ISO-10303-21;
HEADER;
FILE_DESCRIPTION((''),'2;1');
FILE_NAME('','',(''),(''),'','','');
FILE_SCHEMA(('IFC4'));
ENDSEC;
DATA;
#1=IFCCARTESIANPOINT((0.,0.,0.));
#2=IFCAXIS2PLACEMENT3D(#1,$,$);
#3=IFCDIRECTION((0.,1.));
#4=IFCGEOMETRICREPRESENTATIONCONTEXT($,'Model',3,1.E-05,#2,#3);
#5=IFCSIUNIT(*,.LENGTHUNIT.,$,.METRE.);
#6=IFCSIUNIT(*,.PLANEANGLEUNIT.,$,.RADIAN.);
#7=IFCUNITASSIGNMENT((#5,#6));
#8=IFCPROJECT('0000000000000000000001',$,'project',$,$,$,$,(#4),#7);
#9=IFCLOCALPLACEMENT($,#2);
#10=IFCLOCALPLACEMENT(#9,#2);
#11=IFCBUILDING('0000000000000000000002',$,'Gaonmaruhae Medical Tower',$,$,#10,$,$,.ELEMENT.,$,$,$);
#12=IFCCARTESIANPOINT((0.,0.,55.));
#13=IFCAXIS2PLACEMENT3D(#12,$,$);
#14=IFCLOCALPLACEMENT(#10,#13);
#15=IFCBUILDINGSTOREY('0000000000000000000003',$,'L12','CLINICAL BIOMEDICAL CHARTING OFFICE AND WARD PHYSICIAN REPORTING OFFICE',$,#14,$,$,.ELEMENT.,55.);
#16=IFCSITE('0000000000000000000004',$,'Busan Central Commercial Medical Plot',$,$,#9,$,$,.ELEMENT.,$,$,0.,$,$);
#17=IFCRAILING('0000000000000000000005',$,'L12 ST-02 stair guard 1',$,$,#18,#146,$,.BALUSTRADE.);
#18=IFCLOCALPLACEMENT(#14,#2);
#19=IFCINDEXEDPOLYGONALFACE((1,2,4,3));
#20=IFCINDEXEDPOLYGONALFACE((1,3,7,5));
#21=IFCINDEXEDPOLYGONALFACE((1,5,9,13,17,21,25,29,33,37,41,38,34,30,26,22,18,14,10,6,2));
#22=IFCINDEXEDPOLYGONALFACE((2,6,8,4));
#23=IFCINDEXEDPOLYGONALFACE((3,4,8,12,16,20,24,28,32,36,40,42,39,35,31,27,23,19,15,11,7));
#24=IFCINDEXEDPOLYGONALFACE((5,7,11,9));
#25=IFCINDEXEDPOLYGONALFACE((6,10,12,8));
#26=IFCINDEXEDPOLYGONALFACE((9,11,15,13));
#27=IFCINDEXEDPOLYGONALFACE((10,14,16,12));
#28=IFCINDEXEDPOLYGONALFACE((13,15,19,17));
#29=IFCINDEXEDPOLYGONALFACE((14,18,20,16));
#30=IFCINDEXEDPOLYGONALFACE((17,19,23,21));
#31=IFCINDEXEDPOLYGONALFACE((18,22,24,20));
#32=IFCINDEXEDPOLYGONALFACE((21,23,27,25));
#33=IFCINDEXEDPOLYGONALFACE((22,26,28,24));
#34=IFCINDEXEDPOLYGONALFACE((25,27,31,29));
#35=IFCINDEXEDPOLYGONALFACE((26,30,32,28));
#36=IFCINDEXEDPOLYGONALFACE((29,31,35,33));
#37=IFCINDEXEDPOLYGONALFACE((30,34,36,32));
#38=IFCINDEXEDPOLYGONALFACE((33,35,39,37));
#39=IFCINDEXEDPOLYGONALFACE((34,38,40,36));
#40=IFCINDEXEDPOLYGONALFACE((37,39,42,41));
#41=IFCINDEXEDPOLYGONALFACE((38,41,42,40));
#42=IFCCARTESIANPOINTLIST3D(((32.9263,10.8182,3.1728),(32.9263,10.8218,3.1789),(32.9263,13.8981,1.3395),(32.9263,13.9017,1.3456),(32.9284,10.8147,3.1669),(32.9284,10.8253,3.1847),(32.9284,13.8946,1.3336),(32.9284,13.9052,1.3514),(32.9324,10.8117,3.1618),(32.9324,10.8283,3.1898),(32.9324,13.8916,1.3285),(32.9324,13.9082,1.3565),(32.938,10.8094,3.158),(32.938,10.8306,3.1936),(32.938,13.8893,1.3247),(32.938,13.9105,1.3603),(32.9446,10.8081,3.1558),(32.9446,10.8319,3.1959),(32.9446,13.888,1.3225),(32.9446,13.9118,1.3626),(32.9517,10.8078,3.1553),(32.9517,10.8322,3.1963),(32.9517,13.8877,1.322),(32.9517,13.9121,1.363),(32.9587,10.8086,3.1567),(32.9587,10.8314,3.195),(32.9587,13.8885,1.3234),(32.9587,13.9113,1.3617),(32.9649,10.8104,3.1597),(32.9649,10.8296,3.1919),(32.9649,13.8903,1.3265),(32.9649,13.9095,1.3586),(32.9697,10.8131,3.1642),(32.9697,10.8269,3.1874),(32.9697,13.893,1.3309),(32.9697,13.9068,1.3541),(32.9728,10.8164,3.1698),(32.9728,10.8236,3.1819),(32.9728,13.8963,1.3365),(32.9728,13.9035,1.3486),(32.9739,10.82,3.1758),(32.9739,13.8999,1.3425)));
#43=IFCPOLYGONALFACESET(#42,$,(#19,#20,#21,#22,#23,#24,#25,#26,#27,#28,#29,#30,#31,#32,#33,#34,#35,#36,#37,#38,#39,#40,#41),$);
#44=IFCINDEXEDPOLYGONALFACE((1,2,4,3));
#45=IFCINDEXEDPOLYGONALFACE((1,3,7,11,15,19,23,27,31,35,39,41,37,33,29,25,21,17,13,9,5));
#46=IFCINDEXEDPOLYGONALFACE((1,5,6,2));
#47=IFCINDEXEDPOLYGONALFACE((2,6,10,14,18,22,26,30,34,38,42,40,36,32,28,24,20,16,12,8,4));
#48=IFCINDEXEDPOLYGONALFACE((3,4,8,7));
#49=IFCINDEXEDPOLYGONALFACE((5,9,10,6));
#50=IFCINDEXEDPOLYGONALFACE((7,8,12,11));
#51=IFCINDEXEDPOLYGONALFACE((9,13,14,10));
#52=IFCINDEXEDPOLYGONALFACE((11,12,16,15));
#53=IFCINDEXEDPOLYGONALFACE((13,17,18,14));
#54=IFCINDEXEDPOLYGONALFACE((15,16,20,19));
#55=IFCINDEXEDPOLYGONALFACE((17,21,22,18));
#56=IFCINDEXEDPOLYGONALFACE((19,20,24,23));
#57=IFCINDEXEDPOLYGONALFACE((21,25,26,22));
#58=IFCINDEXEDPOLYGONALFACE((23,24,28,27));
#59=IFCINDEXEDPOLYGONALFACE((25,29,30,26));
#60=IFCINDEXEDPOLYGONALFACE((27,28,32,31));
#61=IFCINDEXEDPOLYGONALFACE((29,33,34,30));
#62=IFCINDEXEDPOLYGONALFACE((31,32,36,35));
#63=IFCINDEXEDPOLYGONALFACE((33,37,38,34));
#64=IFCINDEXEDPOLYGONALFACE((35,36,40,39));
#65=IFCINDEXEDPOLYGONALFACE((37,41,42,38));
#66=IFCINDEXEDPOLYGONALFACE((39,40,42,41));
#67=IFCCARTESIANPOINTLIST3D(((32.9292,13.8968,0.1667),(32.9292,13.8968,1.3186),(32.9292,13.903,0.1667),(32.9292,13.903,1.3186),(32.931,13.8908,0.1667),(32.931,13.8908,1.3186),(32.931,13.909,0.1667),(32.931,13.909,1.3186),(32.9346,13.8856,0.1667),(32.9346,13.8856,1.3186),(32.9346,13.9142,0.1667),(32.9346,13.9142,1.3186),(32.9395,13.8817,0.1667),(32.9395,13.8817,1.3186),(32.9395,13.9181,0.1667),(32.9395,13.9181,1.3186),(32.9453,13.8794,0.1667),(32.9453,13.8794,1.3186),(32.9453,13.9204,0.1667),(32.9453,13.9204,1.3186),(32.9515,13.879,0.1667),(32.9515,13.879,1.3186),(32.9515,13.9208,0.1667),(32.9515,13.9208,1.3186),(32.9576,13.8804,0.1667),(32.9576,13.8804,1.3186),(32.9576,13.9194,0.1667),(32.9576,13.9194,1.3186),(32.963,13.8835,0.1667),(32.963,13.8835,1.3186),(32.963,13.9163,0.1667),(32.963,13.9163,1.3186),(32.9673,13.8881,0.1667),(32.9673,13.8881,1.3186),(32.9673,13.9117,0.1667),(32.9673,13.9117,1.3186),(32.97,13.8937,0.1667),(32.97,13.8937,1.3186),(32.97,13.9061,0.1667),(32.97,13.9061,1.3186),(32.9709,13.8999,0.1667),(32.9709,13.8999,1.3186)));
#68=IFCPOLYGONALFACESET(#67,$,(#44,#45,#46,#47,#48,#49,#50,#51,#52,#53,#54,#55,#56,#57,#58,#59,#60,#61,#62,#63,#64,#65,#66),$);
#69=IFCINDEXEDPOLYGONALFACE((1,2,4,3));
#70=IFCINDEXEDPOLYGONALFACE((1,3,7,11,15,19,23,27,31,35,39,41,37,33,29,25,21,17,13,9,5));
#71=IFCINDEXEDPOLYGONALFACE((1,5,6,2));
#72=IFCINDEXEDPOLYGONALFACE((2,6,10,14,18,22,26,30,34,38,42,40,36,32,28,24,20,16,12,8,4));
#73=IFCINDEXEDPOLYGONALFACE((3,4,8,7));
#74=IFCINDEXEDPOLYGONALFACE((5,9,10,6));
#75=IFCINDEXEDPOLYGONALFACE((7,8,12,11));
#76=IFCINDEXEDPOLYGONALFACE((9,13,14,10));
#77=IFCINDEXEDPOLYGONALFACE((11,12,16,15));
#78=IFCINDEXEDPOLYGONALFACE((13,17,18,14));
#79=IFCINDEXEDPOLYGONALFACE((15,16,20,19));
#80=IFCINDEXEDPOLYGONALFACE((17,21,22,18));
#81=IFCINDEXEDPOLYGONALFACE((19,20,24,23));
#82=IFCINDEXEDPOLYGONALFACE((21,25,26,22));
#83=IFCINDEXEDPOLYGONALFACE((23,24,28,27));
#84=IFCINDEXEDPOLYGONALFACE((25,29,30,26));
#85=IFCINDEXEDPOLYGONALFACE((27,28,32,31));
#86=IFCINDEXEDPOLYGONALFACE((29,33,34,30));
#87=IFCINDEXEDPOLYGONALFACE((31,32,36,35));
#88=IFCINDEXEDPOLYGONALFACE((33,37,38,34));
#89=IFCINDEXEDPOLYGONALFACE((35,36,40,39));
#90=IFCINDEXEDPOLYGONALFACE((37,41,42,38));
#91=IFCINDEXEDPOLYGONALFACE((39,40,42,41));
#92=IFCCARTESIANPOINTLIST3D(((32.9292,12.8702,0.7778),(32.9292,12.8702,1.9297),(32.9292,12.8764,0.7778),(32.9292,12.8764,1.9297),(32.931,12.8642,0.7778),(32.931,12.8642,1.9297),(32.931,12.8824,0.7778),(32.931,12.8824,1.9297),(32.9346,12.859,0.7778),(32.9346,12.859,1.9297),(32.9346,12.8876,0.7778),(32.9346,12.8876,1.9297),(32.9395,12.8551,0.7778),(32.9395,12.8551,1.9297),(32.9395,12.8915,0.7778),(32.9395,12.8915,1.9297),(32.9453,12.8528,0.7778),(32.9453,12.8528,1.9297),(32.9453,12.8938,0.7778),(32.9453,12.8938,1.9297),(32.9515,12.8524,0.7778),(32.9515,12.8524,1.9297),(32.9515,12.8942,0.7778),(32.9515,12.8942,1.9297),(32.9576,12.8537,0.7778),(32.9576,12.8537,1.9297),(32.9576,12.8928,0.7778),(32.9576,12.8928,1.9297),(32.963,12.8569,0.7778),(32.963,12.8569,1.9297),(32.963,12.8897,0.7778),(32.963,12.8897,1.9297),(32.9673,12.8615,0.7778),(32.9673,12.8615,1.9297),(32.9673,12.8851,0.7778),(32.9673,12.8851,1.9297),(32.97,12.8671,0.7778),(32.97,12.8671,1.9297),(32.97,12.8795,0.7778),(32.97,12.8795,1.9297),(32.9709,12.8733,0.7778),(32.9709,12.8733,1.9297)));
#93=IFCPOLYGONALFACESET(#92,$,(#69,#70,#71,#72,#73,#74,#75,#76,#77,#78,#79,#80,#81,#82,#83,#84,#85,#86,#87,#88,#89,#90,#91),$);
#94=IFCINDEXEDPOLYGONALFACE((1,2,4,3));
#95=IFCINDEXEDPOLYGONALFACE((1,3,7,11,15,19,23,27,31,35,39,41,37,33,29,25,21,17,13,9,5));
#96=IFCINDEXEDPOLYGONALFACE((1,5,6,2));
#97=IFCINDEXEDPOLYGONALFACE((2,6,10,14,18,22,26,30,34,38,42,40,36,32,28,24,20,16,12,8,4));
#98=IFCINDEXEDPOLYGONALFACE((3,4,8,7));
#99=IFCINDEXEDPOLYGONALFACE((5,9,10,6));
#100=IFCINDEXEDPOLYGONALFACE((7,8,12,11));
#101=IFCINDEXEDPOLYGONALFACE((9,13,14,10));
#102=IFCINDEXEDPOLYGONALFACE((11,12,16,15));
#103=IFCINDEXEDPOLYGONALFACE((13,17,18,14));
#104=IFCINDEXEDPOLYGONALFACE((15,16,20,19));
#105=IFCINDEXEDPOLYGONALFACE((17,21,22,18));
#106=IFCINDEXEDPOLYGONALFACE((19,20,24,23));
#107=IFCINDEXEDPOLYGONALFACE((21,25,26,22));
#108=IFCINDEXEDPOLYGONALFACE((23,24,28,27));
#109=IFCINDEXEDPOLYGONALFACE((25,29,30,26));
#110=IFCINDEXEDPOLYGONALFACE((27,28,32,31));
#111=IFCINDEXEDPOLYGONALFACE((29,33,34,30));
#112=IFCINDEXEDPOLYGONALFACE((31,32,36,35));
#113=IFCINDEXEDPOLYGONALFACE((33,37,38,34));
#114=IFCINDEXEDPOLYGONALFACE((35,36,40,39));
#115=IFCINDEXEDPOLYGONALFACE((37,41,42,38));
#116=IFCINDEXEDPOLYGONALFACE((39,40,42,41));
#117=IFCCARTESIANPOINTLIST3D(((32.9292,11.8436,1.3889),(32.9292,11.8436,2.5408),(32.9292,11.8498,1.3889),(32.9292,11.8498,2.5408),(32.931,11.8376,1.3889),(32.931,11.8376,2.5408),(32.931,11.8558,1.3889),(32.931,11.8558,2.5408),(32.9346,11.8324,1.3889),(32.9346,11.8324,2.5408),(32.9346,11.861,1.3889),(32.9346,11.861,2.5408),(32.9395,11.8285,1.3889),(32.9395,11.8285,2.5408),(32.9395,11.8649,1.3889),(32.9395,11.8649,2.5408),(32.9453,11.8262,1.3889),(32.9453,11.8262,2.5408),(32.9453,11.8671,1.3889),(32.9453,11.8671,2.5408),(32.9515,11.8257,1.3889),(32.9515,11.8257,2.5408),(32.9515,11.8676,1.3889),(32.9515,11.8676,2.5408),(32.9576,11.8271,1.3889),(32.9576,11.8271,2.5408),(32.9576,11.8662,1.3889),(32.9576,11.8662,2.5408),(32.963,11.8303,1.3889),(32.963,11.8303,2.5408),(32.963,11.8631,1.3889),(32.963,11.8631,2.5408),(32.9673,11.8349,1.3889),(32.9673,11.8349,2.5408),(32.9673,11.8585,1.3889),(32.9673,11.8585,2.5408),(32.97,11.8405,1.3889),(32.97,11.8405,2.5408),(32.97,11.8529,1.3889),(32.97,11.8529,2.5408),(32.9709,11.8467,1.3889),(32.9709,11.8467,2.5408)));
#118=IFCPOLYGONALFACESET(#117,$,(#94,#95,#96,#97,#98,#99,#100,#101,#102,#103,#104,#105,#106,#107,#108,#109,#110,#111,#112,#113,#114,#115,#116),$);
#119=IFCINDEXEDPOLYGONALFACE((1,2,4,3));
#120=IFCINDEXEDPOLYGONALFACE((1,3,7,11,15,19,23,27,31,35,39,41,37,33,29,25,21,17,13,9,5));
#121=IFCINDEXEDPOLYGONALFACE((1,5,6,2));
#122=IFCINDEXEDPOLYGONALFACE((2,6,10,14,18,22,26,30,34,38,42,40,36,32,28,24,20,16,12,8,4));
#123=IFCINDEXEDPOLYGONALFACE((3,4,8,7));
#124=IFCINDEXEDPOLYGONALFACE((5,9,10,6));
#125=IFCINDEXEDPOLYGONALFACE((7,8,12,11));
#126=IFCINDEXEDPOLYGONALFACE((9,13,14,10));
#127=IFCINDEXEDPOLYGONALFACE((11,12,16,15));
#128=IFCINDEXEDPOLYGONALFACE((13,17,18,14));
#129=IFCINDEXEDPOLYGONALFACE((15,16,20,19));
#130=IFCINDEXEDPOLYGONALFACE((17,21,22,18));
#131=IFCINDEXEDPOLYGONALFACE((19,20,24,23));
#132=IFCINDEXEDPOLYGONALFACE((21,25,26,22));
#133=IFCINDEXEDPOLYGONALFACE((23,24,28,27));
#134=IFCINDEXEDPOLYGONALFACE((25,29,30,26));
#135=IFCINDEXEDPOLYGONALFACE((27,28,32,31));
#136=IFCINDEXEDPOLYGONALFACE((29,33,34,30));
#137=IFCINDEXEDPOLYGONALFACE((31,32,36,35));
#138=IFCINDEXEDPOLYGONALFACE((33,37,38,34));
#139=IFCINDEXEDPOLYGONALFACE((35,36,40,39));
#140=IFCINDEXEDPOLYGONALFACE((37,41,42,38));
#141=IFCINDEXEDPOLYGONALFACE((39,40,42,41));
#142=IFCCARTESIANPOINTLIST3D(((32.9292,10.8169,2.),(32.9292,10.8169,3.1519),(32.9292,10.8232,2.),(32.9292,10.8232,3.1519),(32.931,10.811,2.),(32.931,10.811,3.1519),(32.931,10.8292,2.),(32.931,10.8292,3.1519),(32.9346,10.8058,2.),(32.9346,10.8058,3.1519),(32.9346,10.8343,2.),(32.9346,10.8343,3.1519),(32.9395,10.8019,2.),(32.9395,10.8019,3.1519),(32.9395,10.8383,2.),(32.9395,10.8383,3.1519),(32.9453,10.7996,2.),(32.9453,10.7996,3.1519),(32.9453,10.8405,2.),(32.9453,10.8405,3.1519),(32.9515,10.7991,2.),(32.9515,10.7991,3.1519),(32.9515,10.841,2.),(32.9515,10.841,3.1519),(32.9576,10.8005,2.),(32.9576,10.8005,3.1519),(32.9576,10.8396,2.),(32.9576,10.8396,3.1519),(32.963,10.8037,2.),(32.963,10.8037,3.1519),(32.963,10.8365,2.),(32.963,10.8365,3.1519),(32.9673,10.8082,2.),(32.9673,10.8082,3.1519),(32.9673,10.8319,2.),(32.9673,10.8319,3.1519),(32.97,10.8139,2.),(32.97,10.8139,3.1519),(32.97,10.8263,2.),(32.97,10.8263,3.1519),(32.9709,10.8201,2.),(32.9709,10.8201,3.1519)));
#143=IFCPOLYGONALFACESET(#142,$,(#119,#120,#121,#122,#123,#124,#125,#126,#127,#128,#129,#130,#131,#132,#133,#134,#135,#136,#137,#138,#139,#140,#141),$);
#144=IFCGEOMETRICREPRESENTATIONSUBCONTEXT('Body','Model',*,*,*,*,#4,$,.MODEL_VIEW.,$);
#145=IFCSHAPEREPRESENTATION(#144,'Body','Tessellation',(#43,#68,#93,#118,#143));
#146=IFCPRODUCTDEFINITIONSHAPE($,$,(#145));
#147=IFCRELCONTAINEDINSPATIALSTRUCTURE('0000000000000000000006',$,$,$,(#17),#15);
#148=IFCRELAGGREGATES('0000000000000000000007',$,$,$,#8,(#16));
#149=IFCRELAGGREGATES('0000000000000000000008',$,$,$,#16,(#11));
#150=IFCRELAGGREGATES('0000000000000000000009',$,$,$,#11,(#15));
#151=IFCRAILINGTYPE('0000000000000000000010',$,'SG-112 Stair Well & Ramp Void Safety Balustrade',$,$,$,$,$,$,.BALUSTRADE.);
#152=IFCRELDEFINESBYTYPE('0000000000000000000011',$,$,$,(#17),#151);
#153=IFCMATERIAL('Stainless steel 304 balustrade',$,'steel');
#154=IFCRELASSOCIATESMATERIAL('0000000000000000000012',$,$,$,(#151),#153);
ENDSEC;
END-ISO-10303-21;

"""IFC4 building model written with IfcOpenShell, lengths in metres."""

from ifc_helpers import new_model, si_unit, direction, frame, origin, origin_2d, place, context, subcontext, project, spatial, circle, extrude, material, type_object, element, save


model = new_model("IFC4")

# Units and contexts
model_context = context("Model", 3, precision=1e-05, world=origin(), true_north=direction((0.0, 1.0)))
body_context = subcontext(model_context, "Body", "Model", "MODEL_VIEW")
ifc_project = project(units=[si_unit("LENGTHUNIT", "METRE"), si_unit("PLANEANGLEUNIT", "RADIAN")], contexts=[model_context])

# Site, building, storey
site_placement = place(None, origin())
site = spatial("IfcSite", under=ifc_project, at=site_placement, Name="Busan Central Commercial Medical Plot", CompositionType="ELEMENT", RefElevation=0.0)
building_placement = place(site_placement, origin())
building = spatial("IfcBuilding", under=site, at=building_placement, Name="Gaonmaruhae Medical Tower", CompositionType="ELEMENT")
storey_placement = place(building_placement, frame((0.0, 0.0, 55.0)))
storey = spatial("IfcBuildingStorey", under=building, at=storey_placement, Name="L12", Description="CLINICAL BIOMEDICAL CHARTING OFFICE AND WARD PHYSICIAN REPORTING OFFICE", CompositionType="ELEMENT", Elevation=55.0)

# Railing
ifc_material_1 = material(Name="Stainless steel 304 balustrade", Category="steel")
railing_type_1 = type_object("IfcRailingType", Name="SG-112 Stair Well & Ramp Void Safety Balustrade", PredefinedType="BALUSTRADE", material=ifc_material_1)
railing_1_placement = place(storey_placement, frame((32.95, 13.8999, 0.1667)))
element("IfcRailing", 1, at=railing_1_placement, inside=storey, type_object=railing_type_1, Name="L12 ST-02 stair guard 1", PredefinedType="BALUSTRADE", context=body_context, shape_type="SweptSolid", body=[
    extrude(circle(Radius=0.0239, at=origin_2d()), frame((0.0, 0.0, 1.1758), z_axis=(0.0, -0.859291, 0.511487), x_axis=(1.0, 0.0, 0.0)), (0.0, 0.0, 1.0), 3.5842),
    extrude(circle(Radius=0.021, at=origin_2d()), origin(), (0.0, 0.0, 1.0), 1.1519),
    extrude(circle(Radius=0.021, at=origin_2d()), frame((0.0, -1.0266, 0.6111)), (0.0, 0.0, 1.0), 1.1519),
    extrude(circle(Radius=0.021, at=origin_2d()), frame((0.0, -2.0532, 1.2222)), (0.0, 0.0, 1.0), 1.1519),
    extrude(circle(Radius=0.021, at=origin_2d()), frame((0.0, -3.0798, 1.8333)), (0.0, 0.0, 1.0), 1.1519),
])

save(model, "model.ifc")
